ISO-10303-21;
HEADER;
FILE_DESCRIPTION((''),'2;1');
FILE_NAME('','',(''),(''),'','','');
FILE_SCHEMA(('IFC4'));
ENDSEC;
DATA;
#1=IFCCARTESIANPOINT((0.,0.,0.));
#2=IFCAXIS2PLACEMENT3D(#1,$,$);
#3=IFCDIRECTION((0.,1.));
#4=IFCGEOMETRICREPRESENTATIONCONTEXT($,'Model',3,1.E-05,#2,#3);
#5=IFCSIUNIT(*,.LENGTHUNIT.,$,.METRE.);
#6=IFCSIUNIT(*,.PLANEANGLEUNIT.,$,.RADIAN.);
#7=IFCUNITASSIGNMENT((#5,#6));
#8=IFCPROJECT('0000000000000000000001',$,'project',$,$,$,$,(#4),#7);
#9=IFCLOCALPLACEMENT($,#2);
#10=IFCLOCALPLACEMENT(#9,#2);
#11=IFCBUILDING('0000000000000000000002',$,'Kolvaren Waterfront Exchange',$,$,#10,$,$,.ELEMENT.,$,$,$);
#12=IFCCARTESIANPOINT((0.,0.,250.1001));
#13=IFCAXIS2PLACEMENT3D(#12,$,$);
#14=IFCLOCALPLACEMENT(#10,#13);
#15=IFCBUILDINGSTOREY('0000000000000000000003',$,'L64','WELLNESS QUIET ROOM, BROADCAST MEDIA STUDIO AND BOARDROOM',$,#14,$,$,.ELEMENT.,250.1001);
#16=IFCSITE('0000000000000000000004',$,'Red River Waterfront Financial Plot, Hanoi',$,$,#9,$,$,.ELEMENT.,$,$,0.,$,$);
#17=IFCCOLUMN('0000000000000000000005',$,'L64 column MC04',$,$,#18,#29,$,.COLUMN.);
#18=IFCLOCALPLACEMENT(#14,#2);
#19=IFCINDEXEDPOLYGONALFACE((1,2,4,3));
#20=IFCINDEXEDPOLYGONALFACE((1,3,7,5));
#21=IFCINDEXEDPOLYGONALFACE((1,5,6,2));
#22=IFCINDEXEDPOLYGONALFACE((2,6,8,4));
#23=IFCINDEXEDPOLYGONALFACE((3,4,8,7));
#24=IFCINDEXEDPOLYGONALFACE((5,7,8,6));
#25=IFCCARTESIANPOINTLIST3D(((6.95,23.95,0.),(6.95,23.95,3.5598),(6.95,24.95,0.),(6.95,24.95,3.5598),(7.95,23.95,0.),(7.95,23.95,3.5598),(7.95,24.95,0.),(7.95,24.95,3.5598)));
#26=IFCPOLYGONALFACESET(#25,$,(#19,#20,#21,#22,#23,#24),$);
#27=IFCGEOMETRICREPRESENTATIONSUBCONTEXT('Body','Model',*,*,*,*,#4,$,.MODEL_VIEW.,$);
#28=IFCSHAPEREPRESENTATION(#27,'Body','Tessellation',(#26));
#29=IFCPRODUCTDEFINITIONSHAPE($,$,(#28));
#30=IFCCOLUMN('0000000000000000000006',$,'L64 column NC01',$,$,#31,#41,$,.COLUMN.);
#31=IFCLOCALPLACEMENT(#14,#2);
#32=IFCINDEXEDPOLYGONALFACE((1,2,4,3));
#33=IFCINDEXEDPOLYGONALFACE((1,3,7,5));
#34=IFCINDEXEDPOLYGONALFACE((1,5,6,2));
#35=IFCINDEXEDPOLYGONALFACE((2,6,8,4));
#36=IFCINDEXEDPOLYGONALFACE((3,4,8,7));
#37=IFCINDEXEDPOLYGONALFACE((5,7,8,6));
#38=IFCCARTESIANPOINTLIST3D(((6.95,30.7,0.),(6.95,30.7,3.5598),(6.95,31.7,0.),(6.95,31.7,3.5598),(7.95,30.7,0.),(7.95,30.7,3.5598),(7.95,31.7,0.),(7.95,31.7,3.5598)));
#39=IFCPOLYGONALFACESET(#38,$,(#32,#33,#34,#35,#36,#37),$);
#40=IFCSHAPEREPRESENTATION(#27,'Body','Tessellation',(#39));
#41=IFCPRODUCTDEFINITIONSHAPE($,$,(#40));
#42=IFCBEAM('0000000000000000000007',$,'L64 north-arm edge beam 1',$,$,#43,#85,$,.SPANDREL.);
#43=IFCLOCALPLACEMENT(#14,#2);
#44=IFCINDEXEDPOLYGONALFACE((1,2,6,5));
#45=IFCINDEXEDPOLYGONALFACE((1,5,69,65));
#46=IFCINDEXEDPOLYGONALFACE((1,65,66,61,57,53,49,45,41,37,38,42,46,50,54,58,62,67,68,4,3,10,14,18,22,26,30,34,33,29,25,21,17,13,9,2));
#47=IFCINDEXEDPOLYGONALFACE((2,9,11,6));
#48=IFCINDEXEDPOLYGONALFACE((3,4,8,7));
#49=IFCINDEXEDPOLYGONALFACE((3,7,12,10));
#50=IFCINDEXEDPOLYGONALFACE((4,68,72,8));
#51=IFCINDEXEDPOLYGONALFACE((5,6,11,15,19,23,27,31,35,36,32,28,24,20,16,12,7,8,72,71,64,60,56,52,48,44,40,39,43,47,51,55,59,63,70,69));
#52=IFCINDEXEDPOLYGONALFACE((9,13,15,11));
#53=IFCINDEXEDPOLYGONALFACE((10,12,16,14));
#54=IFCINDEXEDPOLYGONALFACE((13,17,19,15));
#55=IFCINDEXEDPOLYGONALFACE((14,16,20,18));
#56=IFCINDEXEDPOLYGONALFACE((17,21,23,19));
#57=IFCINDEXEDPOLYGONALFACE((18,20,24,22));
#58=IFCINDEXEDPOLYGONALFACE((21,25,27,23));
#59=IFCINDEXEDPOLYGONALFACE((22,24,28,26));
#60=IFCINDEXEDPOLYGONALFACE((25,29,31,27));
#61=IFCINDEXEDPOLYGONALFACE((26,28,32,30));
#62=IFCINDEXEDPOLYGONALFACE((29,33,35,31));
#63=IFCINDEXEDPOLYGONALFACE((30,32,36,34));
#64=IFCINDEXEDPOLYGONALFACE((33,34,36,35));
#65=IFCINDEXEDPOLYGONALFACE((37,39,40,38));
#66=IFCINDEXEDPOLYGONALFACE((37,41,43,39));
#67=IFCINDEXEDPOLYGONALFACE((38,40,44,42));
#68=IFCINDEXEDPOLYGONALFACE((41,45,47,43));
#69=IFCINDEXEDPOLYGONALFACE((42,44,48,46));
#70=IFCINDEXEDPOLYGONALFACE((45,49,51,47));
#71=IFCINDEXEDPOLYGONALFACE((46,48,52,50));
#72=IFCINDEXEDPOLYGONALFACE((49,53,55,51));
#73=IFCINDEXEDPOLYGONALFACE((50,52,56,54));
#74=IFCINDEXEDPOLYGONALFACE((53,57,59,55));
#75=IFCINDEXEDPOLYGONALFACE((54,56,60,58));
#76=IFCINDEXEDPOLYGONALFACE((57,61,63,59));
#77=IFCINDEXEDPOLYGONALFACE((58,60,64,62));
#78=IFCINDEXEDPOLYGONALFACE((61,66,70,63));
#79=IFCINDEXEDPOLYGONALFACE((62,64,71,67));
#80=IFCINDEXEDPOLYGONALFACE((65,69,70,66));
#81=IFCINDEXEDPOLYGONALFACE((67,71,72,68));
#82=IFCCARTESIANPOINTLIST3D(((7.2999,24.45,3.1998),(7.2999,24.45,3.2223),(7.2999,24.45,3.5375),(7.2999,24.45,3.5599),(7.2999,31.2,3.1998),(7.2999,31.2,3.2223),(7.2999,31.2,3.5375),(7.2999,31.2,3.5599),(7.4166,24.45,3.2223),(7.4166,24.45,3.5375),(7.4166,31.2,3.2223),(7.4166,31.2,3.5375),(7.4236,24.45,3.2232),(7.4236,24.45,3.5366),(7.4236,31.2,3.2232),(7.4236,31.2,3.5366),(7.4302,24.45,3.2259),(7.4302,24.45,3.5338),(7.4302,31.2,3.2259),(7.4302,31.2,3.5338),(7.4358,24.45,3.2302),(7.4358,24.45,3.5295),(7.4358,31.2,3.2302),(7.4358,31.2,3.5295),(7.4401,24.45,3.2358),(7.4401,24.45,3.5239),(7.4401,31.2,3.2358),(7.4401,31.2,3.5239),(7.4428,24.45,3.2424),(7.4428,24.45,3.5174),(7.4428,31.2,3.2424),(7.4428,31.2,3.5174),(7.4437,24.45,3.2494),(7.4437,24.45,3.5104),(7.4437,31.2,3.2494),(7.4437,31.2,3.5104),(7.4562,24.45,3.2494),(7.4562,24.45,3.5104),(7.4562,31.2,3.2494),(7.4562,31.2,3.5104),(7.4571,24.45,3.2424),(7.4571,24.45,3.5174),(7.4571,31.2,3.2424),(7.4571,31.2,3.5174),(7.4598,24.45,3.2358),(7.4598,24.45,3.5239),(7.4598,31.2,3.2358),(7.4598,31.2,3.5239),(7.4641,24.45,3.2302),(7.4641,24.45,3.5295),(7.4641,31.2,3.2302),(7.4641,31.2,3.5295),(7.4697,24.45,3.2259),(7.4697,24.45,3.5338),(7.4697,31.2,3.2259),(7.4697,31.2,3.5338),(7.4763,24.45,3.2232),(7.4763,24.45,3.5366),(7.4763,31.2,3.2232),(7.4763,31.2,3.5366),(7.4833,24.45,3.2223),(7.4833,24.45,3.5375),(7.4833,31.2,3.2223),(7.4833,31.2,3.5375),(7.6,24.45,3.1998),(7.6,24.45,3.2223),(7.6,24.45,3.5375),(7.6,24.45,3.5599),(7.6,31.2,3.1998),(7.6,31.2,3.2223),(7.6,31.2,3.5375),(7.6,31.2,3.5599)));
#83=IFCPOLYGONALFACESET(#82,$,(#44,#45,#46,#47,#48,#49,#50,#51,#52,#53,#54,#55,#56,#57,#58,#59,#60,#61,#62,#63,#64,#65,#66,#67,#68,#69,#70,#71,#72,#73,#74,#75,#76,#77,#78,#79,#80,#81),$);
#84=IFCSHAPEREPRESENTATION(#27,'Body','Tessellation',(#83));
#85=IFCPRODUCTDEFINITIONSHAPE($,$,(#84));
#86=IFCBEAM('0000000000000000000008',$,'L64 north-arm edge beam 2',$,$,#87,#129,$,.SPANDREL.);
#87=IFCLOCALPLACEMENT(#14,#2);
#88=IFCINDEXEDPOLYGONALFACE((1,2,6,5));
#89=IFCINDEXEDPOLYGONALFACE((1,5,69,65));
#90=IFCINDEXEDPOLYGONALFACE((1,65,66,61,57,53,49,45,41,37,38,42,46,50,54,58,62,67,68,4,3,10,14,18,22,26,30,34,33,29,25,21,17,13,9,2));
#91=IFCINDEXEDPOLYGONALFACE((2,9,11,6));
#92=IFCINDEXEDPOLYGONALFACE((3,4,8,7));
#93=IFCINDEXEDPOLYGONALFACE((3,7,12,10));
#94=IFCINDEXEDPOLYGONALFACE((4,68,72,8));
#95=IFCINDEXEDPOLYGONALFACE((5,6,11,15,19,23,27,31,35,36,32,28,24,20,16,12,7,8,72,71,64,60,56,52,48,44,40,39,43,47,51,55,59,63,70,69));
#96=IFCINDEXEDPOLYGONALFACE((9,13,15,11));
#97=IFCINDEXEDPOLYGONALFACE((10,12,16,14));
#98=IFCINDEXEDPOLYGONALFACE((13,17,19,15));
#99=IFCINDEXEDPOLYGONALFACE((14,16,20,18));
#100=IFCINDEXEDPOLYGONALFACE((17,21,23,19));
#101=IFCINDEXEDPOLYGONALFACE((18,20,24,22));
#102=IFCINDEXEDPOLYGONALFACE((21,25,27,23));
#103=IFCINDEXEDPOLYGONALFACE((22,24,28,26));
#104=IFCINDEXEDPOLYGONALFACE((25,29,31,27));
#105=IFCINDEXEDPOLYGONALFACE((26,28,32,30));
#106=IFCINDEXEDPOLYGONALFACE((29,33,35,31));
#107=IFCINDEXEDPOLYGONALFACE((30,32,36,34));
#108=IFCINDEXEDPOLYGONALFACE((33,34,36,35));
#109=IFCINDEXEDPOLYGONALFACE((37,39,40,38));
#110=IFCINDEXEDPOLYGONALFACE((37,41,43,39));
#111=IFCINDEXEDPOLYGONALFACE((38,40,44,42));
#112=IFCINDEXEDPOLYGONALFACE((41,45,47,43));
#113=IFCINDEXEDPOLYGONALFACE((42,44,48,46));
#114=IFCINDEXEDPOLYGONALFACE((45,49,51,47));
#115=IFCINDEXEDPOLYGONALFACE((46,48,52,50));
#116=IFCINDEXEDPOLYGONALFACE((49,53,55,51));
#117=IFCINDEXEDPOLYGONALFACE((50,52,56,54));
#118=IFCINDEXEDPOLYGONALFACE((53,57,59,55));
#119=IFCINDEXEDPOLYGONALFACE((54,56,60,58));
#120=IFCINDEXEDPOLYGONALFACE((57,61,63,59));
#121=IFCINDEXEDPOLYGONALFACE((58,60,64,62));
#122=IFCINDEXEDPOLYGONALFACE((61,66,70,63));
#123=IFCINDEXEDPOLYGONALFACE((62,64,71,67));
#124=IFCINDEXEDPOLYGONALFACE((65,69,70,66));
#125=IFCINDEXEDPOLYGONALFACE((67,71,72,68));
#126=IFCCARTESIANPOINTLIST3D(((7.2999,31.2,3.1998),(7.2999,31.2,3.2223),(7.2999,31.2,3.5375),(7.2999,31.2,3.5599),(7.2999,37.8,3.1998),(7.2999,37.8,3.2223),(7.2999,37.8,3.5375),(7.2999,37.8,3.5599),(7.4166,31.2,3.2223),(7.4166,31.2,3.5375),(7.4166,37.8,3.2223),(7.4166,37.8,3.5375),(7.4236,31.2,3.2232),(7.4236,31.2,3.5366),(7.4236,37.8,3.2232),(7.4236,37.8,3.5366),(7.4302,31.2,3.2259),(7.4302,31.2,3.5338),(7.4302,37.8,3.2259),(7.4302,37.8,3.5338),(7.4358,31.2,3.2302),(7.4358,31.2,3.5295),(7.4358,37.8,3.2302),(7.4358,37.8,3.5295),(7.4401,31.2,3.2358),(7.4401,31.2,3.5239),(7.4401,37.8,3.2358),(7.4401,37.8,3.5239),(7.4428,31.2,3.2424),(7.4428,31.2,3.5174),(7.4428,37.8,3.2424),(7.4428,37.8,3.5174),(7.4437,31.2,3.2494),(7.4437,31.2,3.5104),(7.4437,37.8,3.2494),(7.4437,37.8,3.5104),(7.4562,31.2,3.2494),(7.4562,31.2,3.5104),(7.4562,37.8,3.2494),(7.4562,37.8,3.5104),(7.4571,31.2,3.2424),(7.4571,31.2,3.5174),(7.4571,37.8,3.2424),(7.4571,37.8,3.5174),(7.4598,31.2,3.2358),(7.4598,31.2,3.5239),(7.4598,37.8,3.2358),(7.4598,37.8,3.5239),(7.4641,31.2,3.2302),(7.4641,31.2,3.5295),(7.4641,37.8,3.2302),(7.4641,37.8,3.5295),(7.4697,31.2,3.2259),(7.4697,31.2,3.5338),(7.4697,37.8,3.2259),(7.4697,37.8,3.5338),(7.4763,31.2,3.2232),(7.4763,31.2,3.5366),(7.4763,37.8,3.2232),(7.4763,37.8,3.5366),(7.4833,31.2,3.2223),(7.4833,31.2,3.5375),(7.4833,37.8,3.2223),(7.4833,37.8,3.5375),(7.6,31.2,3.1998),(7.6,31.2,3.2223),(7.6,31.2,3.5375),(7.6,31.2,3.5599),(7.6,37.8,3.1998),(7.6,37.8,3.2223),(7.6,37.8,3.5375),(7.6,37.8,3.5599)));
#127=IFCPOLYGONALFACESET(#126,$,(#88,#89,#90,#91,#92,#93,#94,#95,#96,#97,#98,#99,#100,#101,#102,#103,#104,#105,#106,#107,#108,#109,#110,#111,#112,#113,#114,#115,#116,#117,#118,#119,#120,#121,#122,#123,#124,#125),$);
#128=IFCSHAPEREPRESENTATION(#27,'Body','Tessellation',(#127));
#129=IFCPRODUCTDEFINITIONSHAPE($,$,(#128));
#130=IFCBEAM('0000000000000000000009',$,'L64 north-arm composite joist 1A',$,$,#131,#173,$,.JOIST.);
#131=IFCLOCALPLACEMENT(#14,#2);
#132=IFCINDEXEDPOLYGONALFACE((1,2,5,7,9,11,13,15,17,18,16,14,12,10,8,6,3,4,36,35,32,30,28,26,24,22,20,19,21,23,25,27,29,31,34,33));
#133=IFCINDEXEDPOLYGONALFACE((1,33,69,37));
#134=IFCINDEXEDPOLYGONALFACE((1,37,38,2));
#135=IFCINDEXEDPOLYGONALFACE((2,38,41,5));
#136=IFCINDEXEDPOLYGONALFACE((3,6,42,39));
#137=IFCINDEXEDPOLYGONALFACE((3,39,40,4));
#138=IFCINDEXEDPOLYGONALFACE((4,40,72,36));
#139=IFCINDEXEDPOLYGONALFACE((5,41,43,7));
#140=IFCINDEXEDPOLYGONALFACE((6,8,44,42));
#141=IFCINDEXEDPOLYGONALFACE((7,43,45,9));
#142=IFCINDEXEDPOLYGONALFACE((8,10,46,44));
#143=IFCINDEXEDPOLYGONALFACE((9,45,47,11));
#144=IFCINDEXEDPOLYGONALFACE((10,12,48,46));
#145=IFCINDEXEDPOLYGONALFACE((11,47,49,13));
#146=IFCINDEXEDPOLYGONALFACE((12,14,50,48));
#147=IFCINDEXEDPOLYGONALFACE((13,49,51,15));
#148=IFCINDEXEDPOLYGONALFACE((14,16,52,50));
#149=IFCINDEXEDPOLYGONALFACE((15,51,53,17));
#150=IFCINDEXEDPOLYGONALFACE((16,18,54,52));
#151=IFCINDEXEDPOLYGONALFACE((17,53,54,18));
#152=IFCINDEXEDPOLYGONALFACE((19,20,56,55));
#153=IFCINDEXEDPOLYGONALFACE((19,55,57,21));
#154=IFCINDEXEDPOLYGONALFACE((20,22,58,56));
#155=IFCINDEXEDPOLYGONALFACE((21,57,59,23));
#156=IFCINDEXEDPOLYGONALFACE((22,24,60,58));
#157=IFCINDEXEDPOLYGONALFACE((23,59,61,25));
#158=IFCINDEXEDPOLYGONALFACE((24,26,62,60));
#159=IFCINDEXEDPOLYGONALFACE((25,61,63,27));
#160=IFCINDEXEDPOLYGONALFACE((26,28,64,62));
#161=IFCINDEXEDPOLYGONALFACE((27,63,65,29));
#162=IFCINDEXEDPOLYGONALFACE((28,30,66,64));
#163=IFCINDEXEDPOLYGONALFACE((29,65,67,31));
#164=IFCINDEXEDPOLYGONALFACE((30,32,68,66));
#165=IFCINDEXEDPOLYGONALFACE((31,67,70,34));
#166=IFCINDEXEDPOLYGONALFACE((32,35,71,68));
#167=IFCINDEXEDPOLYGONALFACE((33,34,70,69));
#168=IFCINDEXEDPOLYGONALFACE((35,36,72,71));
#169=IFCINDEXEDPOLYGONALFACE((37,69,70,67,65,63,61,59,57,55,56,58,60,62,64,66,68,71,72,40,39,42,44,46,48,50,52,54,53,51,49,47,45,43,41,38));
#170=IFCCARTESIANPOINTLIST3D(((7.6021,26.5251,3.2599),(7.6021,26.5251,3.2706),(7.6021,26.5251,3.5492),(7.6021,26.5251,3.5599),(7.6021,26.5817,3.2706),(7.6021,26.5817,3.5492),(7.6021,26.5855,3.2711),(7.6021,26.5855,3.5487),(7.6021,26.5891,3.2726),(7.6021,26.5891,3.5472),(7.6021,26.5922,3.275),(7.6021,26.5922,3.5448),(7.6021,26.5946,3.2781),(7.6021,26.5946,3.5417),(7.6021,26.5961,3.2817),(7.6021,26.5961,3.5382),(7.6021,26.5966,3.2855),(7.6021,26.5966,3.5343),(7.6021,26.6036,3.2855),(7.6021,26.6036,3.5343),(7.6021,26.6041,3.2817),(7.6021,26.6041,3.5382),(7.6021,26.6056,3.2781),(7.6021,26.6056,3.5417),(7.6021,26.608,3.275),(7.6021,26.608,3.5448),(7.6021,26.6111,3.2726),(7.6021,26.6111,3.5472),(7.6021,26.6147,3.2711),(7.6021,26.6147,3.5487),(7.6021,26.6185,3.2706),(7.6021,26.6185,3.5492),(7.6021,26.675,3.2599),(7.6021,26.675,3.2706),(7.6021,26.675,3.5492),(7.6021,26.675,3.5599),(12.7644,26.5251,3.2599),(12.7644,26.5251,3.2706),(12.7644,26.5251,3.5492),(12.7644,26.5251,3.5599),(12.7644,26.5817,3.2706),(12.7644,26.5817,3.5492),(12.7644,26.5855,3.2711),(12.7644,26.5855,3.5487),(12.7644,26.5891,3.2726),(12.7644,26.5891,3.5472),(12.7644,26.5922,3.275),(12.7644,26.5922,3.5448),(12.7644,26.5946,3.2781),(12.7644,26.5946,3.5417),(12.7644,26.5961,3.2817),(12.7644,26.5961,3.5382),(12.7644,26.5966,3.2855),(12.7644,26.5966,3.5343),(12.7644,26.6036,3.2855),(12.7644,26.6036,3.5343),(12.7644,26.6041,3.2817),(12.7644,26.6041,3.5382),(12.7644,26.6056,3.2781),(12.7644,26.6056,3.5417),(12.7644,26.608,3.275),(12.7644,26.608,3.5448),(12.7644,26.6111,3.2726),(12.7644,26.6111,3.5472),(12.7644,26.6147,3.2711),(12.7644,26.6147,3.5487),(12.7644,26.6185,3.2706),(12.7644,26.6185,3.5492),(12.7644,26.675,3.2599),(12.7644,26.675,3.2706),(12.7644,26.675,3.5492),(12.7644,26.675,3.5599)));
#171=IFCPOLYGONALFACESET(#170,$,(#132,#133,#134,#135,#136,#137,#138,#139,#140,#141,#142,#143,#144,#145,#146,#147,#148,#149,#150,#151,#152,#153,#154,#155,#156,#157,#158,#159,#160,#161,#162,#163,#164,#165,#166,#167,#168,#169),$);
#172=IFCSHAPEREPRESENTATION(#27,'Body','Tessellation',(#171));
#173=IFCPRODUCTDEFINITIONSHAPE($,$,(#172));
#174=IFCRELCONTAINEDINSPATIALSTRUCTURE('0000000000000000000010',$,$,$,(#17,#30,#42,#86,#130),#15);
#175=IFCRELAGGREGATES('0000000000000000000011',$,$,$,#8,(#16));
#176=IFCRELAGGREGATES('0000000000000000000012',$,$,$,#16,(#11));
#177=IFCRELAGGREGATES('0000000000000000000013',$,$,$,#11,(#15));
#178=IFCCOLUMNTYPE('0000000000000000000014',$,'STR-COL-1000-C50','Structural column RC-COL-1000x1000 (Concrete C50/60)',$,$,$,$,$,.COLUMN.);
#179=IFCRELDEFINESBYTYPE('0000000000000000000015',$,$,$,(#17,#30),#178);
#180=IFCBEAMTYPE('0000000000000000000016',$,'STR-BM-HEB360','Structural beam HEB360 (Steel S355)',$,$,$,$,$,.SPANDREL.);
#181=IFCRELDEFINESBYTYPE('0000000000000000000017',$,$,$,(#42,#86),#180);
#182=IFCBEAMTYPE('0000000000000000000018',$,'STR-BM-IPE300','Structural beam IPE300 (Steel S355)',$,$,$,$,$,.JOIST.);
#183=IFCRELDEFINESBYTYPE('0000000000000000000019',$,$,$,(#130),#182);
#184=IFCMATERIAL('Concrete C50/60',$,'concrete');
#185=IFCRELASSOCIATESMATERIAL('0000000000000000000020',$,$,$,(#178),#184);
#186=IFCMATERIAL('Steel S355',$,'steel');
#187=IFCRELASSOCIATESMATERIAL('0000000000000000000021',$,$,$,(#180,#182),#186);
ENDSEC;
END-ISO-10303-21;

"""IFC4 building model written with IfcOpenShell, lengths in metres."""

from ifc_helpers import new_model, si_unit, direction, frame, origin, origin_2d, place, context, subcontext, project, spatial, rectangle, i_section, extrude, material, material_profile, profile_set, type_object, element, save


model = new_model("IFC4")

# Units and contexts
model_context = context("Model", 3, precision=1e-05, world=origin(), true_north=direction((0.0, 1.0)))
body_context = subcontext(model_context, "Body", "Model", "MODEL_VIEW")
ifc_project = project(units=[si_unit("LENGTHUNIT", "METRE"), si_unit("PLANEANGLEUNIT", "RADIAN")], contexts=[model_context])

# Site, building, storey
site_placement = place(None, origin())
site = spatial("IfcSite", under=ifc_project, at=site_placement, Name="Red River Waterfront Financial Plot, Hanoi", CompositionType="ELEMENT", RefElevation=0.0)
building_placement = place(site_placement, origin())
building = spatial("IfcBuilding", under=site, at=building_placement, Name="Kolvaren Waterfront Exchange", CompositionType="ELEMENT")
storey_placement = place(building_placement, frame((0.0, 0.0, 250.1001)))
storey = spatial("IfcBuildingStorey", under=building, at=storey_placement, Name="L64", Description="WELLNESS QUIET ROOM, BROADCAST MEDIA STUDIO AND BOARDROOM", CompositionType="ELEMENT", Elevation=250.1001)

# Columns
ifc_material_1 = material(Name="Concrete C50/60", Category="concrete")
ifc_material_profile_1 = material_profile(ifc_material_1, rectangle(XDim=1.0, YDim=1.0, at=origin_2d()), Name="RC-COL-1000x1000")
ifc_profile_set_1 = profile_set([ifc_material_profile_1], Name="Concrete C50/60")
column_type = type_object("IfcColumnType", Name="STR-COL-1000-C50", Description="Structural column RC-COL-1000x1000 (Concrete C50/60)", PredefinedType="COLUMN", material=ifc_profile_set_1)
for number, where, z_axis, x_axis, name in (
    (1, (7.45, 24.45, 0.0), (0.0, 0.0, 1.0), (1.0, 0.0, 0.0), "L64 column MC04"),
    (2, (7.45, 31.2, 0.0), (0.0, 0.0, 1.0), (1.0, 0.0, 0.0), "L64 column NC01"),
):
    element("IfcColumn", number, at=place(storey_placement, frame(where, z_axis=z_axis, x_axis=x_axis)), inside=storey, type_object=column_type, Name=name, PredefinedType="COLUMN", context=body_context, shape_type="SweptSolid", body=[
        extrude(rectangle(XDim=1.0, YDim=1.0, at=origin_2d()), origin(), (0.0, 0.0, 1.0), 3.5598),
    ])

# Beams
ifc_material_2 = material(Name="Steel S355", Category="steel")
ifc_material_profile_2 = material_profile(ifc_material_2, i_section(OverallWidth=0.3, OverallDepth=0.3601, WebThickness=0.0125, FlangeThickness=0.0225, FilletRadius=0.0271, at=origin_2d()), Name="HEB360")
ifc_profile_set_2 = profile_set([ifc_material_profile_2], Name="Steel S355")
beam_type_1 = type_object("IfcBeamType", Name="STR-BM-HEB360", Description="Structural beam HEB360 (Steel S355)", PredefinedType="SPANDREL", material=ifc_profile_set_2)
beam_1_placement = place(storey_placement, frame((7.45, 24.45, 3.3799), z_axis=(0.0, 1.0, 0.0), x_axis=(-1.0, 0.0, 0.0)))
element("IfcBeam", 3, at=beam_1_placement, inside=storey, type_object=beam_type_1, Name="L64 north-arm edge beam 1", PredefinedType="SPANDREL", context=body_context, shape_type="SweptSolid", body=[
    extrude(i_section(OverallWidth=0.3, OverallDepth=0.3601, WebThickness=0.0125, FlangeThickness=0.0225, FilletRadius=0.0271, at=origin_2d()), origin(), (0.0, 0.0, 1.0), 6.75),
])
beam_2_placement = place(storey_placement, frame((7.45, 31.2, 3.3799), z_axis=(0.0, 1.0, 0.0), x_axis=(-1.0, 0.0, 0.0)))
element("IfcBeam", 4, at=beam_2_placement, inside=storey, type_object=beam_type_1, Name="L64 north-arm edge beam 2", PredefinedType="SPANDREL", context=body_context, shape_type="SweptSolid", body=[
    extrude(i_section(OverallWidth=0.3, OverallDepth=0.3601, WebThickness=0.0125, FlangeThickness=0.0225, FilletRadius=0.0271, at=origin_2d()), origin(), (0.0, 0.0, 1.0), 6.6001),
])
ifc_material_profile_3 = material_profile(ifc_material_2, i_section(OverallWidth=0.1499, OverallDepth=0.3, WebThickness=0.0071, FlangeThickness=0.0107, FilletRadius=0.0149, at=origin_2d()), Name="IPE300")
ifc_profile_set_3 = profile_set([ifc_material_profile_3], Name="Steel S355")
beam_type_2 = type_object("IfcBeamType", Name="STR-BM-IPE300", Description="Structural beam IPE300 (Steel S355)", PredefinedType="JOIST", material=ifc_profile_set_3)
for number, where, z_axis, x_axis, name in (
    (5, (7.6021, 26.6001, 3.4099), (1.0, 0.0, 0.0), (0.0, 1.0, 0.0), "L64 north-arm composite joist 1A"),
):
    element("IfcBeam", number, at=place(storey_placement, frame(where, z_axis=z_axis, x_axis=x_axis)), inside=storey, type_object=beam_type_2, Name=name, PredefinedType="JOIST", context=body_context, shape_type="SweptSolid", body=[
        extrude(i_section(OverallWidth=0.1499, OverallDepth=0.3, WebThickness=0.0071, FlangeThickness=0.0107, FilletRadius=0.0149, at=origin_2d()), origin(), (0.0, 0.0, 1.0), 5.1624),
    ])

save(model, "model.ifc")
